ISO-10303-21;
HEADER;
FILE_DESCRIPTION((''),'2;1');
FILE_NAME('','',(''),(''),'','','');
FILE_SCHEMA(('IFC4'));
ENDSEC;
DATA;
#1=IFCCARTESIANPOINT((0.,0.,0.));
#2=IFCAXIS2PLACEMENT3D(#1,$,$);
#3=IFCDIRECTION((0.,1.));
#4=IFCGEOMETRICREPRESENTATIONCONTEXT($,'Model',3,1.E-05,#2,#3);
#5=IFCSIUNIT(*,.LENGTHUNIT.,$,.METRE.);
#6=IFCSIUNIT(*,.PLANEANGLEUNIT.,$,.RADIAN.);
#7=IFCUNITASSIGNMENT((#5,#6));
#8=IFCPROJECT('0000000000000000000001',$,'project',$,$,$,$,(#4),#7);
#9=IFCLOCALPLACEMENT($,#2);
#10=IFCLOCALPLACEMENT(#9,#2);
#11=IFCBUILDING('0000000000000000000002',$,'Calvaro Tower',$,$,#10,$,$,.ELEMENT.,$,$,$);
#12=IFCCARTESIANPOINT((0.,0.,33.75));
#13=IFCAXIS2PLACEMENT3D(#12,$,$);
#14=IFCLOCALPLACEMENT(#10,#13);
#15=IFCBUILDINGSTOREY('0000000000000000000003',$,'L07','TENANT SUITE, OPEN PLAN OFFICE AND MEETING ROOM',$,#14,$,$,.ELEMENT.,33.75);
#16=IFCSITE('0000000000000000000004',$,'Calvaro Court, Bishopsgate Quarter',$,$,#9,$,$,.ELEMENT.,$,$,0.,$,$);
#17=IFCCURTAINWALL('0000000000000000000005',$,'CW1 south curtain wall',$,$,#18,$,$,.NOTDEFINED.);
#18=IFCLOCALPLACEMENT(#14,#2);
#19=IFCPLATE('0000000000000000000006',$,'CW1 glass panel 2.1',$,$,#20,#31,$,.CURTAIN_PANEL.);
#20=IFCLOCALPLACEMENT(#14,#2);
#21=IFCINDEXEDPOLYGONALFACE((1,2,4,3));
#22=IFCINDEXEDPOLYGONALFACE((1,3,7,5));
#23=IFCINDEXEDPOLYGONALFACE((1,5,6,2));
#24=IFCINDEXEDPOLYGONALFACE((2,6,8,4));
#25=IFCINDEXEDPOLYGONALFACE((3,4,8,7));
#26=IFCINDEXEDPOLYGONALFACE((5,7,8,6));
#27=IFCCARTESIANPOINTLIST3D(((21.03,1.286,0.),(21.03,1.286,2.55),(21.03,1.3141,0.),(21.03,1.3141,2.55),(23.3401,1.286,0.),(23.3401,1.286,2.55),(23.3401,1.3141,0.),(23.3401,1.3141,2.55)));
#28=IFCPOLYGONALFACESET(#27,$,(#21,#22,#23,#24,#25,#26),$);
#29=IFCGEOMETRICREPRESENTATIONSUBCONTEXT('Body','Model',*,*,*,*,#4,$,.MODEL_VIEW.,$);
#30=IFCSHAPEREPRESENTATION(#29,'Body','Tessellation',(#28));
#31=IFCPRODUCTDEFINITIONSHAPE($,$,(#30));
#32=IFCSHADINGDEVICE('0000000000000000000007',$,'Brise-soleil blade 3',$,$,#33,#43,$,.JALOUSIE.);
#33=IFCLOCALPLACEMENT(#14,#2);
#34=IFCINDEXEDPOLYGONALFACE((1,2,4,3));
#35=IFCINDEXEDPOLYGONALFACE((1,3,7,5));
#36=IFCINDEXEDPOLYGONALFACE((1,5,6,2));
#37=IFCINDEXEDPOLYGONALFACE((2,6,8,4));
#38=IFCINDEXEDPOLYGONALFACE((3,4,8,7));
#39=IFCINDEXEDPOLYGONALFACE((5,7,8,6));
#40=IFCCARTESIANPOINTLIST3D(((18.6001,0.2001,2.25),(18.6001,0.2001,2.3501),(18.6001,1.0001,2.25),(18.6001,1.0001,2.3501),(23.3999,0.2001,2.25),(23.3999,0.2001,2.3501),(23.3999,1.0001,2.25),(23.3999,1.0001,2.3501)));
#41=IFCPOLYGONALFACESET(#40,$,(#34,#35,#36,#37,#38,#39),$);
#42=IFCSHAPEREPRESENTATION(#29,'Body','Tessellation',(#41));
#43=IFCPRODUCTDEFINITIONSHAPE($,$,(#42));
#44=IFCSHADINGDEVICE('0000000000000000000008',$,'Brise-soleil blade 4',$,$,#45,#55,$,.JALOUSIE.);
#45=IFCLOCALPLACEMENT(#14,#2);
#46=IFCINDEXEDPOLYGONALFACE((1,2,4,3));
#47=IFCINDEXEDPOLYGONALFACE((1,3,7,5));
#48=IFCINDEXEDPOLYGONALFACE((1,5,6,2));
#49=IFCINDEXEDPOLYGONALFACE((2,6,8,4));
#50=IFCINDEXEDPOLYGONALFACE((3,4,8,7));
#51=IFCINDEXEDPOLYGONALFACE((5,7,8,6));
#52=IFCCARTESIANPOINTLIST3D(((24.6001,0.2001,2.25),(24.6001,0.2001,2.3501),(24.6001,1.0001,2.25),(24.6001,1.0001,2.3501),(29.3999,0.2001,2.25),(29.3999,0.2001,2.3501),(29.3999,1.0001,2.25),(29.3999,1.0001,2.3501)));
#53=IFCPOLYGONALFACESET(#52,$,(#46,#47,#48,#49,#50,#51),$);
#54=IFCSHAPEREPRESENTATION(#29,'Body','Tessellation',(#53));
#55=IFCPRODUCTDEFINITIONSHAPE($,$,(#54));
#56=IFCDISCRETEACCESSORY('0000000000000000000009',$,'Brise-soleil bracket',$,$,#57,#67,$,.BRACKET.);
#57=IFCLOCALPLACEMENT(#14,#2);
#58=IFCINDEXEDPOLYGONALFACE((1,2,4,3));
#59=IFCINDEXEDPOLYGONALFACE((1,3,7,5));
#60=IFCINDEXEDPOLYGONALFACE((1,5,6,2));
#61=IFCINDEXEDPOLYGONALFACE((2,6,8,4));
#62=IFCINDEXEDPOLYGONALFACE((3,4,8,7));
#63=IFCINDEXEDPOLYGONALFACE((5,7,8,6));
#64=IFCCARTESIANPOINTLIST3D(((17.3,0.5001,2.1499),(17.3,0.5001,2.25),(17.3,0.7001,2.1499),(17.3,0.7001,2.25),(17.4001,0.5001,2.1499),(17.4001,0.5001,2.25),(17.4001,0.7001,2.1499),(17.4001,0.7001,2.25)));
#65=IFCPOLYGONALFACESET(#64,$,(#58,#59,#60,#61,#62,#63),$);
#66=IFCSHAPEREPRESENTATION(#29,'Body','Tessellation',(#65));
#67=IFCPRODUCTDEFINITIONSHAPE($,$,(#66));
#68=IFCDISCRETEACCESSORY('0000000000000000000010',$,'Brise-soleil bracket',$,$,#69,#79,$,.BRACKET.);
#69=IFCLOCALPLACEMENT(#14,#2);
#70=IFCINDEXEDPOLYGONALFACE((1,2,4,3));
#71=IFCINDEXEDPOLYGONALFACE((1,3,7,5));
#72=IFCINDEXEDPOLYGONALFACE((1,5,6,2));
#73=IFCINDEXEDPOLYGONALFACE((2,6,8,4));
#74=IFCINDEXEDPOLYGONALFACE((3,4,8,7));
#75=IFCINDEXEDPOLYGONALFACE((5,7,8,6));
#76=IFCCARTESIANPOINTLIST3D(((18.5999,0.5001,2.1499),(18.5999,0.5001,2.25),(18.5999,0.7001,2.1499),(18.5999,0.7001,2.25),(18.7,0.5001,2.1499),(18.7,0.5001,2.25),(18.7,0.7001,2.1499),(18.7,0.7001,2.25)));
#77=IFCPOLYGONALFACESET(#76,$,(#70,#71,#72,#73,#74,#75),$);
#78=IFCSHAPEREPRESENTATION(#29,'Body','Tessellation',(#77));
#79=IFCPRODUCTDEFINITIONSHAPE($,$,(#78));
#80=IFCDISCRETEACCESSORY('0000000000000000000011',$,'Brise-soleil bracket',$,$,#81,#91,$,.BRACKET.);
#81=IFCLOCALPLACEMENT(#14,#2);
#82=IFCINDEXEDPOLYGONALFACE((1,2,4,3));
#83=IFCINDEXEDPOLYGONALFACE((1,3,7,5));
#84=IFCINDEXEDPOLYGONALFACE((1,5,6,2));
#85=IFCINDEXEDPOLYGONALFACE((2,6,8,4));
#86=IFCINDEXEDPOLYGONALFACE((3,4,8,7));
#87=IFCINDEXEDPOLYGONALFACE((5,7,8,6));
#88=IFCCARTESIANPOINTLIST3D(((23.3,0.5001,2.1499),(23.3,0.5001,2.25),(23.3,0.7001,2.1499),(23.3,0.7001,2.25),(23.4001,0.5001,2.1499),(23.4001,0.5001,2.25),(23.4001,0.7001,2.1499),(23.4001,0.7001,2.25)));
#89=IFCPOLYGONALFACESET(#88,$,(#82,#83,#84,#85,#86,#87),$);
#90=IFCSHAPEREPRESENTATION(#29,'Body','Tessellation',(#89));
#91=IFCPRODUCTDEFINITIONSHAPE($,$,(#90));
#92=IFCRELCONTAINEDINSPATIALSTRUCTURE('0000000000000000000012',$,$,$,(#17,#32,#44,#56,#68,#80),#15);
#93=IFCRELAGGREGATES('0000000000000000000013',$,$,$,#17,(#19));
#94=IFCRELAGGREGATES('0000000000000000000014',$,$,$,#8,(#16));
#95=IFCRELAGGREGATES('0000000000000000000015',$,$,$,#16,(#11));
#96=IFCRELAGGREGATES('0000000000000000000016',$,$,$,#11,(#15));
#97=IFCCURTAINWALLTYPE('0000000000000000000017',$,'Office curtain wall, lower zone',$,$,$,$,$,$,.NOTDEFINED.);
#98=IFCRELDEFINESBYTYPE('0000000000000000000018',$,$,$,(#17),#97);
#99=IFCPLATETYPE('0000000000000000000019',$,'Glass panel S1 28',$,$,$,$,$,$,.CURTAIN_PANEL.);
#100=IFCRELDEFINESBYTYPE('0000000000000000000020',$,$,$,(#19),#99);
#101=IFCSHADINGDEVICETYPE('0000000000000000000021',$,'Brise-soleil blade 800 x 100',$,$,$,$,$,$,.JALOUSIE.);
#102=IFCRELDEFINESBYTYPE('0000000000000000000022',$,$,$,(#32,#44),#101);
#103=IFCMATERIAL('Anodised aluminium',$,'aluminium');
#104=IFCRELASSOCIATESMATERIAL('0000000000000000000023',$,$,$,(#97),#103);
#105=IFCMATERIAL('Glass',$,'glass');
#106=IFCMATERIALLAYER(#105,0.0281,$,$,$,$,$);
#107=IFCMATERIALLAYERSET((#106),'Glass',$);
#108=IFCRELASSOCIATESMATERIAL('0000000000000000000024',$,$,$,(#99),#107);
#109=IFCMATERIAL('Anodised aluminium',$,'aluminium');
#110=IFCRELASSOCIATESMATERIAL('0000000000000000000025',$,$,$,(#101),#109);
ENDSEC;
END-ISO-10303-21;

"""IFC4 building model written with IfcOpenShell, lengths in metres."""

from ifc_helpers import new_model, si_unit, direction, frame, origin, origin_2d, place, context, subcontext, project, spatial, rectangle, extrude, material, layer, layer_set, material_profile, profile_set, type_object, element, aggregate, save


model = new_model("IFC4")

# Units and contexts
model_context = context("Model", 3, precision=1e-05, world=origin(), true_north=direction((0.0, 1.0)))
body_context = subcontext(model_context, "Body", "Model", "MODEL_VIEW")
ifc_project = project(units=[si_unit("LENGTHUNIT", "METRE"), si_unit("PLANEANGLEUNIT", "RADIAN")], contexts=[model_context])

# Site, building, storey
site_placement = place(None, origin())
site = spatial("IfcSite", under=ifc_project, at=site_placement, Name="Calvaro Court, Bishopsgate Quarter", CompositionType="ELEMENT", RefElevation=0.0)
building_placement = place(site_placement, origin())
building = spatial("IfcBuilding", under=site, at=building_placement, Name="Calvaro Tower", CompositionType="ELEMENT")
storey_placement = place(building_placement, frame((0.0, 0.0, 33.75)))
storey = spatial("IfcBuildingStorey", under=building, at=storey_placement, Name="L07", Description="TENANT SUITE, OPEN PLAN OFFICE AND MEETING ROOM", CompositionType="ELEMENT", Elevation=33.75)

# Curtain wall
ifc_material_1 = material(Name="Anodised aluminium", Category="aluminium")
curtain_wall_type = type_object("IfcCurtainWallType", Name="Office curtain wall, lower zone", PredefinedType="NOTDEFINED", material=ifc_material_1)
curtain_wall_1_placement = place(storey_placement, origin())
curtain_wall_1 = element("IfcCurtainWall", 1, at=curtain_wall_1_placement, inside=storey, type_object=curtain_wall_type, Name="CW1 south curtain wall", PredefinedType="NOTDEFINED")

# Plate
ifc_material_2 = material(Name="Glass", Category="glass")
ifc_layer = layer(ifc_material_2, 0.0281)
ifc_layer_set = layer_set([ifc_layer], Name="Glass")
plate_type = type_object("IfcPlateType", Name="Glass panel S1 28", PredefinedType="CURTAIN_PANEL", material=ifc_layer_set)
plate_1_placement = place(storey_placement, frame((22.1851, 1.3, 0.0), z_axis=(0.0, 0.0, 1.0), x_axis=(1.0, 0.0, 0.0)))
plate_1 = element("IfcPlate", 2, at=plate_1_placement, type_object=plate_type, Name="CW1 glass panel 2.1", PredefinedType="CURTAIN_PANEL", context=body_context, shape_type="SweptSolid", body=[
    extrude(rectangle(XDim=2.3101, YDim=0.0281, at=origin_2d()), origin(), (0.0, 0.0, 1.0), 2.55),
])
aggregate(curtain_wall_1, [plate_1])

# Shading devices
ifc_material_3 = material(Name="Anodised aluminium", Category="aluminium")
ifc_material_profile_1 = material_profile(ifc_material_3, rectangle(XDim=0.8, YDim=0.1001, at=origin_2d()), Name="Brise-soleil blade 800 x 100")
ifc_profile_set_1 = profile_set([ifc_material_profile_1], Name="Anodised aluminium")
shading_device_type = type_object("IfcShadingDeviceType", Name="Brise-soleil blade 800 x 100", PredefinedType="JALOUSIE", material=ifc_profile_set_1)
for number, where, z_axis, x_axis, name in (
    (3, (18.6001, 0.6001, 2.3), (1.0, 0.0, 0.0), (0.0, 1.0, 0.0), "Brise-soleil blade 3"),
    (4, (24.6001, 0.6001, 2.3), (1.0, 0.0, 0.0), (0.0, 1.0, 0.0), "Brise-soleil blade 4"),
):
    element("IfcShadingDevice", number, at=place(storey_placement, frame(where, z_axis=z_axis, x_axis=x_axis)), inside=storey, type_object=shading_device_type, Name=name, PredefinedType="JALOUSIE", context=body_context, shape_type="SweptSolid", body=[
        extrude(rectangle(XDim=0.8, YDim=0.1001, at=origin_2d()), origin(), (0.0, 0.0, 1.0), 4.7998),
    ])

# Discrete accessories
for number, where, z_axis, x_axis, name in (
    (5, (17.3501, 0.6001, 2.1499), (0.0, 0.0, 1.0), (1.0, 0.0, 0.0), "Brise-soleil bracket"),
    (6, (18.6499, 0.6001, 2.1499), (0.0, 0.0, 1.0), (1.0, 0.0, 0.0), "Brise-soleil bracket"),
    (7, (23.3501, 0.6001, 2.1499), (0.0, 0.0, 1.0), (1.0, 0.0, 0.0), "Brise-soleil bracket"),
):
    element("IfcDiscreteAccessory", number, at=place(storey_placement, frame(where, z_axis=z_axis, x_axis=x_axis)), inside=storey, Name=name, PredefinedType="BRACKET", context=body_context, shape_type="SweptSolid", body=[
        extrude(rectangle(XDim=0.1001, YDim=0.2, at=origin_2d()), origin(), (0.0, 0.0, 1.0), 0.1001),
    ])

save(model, "model.ifc")
